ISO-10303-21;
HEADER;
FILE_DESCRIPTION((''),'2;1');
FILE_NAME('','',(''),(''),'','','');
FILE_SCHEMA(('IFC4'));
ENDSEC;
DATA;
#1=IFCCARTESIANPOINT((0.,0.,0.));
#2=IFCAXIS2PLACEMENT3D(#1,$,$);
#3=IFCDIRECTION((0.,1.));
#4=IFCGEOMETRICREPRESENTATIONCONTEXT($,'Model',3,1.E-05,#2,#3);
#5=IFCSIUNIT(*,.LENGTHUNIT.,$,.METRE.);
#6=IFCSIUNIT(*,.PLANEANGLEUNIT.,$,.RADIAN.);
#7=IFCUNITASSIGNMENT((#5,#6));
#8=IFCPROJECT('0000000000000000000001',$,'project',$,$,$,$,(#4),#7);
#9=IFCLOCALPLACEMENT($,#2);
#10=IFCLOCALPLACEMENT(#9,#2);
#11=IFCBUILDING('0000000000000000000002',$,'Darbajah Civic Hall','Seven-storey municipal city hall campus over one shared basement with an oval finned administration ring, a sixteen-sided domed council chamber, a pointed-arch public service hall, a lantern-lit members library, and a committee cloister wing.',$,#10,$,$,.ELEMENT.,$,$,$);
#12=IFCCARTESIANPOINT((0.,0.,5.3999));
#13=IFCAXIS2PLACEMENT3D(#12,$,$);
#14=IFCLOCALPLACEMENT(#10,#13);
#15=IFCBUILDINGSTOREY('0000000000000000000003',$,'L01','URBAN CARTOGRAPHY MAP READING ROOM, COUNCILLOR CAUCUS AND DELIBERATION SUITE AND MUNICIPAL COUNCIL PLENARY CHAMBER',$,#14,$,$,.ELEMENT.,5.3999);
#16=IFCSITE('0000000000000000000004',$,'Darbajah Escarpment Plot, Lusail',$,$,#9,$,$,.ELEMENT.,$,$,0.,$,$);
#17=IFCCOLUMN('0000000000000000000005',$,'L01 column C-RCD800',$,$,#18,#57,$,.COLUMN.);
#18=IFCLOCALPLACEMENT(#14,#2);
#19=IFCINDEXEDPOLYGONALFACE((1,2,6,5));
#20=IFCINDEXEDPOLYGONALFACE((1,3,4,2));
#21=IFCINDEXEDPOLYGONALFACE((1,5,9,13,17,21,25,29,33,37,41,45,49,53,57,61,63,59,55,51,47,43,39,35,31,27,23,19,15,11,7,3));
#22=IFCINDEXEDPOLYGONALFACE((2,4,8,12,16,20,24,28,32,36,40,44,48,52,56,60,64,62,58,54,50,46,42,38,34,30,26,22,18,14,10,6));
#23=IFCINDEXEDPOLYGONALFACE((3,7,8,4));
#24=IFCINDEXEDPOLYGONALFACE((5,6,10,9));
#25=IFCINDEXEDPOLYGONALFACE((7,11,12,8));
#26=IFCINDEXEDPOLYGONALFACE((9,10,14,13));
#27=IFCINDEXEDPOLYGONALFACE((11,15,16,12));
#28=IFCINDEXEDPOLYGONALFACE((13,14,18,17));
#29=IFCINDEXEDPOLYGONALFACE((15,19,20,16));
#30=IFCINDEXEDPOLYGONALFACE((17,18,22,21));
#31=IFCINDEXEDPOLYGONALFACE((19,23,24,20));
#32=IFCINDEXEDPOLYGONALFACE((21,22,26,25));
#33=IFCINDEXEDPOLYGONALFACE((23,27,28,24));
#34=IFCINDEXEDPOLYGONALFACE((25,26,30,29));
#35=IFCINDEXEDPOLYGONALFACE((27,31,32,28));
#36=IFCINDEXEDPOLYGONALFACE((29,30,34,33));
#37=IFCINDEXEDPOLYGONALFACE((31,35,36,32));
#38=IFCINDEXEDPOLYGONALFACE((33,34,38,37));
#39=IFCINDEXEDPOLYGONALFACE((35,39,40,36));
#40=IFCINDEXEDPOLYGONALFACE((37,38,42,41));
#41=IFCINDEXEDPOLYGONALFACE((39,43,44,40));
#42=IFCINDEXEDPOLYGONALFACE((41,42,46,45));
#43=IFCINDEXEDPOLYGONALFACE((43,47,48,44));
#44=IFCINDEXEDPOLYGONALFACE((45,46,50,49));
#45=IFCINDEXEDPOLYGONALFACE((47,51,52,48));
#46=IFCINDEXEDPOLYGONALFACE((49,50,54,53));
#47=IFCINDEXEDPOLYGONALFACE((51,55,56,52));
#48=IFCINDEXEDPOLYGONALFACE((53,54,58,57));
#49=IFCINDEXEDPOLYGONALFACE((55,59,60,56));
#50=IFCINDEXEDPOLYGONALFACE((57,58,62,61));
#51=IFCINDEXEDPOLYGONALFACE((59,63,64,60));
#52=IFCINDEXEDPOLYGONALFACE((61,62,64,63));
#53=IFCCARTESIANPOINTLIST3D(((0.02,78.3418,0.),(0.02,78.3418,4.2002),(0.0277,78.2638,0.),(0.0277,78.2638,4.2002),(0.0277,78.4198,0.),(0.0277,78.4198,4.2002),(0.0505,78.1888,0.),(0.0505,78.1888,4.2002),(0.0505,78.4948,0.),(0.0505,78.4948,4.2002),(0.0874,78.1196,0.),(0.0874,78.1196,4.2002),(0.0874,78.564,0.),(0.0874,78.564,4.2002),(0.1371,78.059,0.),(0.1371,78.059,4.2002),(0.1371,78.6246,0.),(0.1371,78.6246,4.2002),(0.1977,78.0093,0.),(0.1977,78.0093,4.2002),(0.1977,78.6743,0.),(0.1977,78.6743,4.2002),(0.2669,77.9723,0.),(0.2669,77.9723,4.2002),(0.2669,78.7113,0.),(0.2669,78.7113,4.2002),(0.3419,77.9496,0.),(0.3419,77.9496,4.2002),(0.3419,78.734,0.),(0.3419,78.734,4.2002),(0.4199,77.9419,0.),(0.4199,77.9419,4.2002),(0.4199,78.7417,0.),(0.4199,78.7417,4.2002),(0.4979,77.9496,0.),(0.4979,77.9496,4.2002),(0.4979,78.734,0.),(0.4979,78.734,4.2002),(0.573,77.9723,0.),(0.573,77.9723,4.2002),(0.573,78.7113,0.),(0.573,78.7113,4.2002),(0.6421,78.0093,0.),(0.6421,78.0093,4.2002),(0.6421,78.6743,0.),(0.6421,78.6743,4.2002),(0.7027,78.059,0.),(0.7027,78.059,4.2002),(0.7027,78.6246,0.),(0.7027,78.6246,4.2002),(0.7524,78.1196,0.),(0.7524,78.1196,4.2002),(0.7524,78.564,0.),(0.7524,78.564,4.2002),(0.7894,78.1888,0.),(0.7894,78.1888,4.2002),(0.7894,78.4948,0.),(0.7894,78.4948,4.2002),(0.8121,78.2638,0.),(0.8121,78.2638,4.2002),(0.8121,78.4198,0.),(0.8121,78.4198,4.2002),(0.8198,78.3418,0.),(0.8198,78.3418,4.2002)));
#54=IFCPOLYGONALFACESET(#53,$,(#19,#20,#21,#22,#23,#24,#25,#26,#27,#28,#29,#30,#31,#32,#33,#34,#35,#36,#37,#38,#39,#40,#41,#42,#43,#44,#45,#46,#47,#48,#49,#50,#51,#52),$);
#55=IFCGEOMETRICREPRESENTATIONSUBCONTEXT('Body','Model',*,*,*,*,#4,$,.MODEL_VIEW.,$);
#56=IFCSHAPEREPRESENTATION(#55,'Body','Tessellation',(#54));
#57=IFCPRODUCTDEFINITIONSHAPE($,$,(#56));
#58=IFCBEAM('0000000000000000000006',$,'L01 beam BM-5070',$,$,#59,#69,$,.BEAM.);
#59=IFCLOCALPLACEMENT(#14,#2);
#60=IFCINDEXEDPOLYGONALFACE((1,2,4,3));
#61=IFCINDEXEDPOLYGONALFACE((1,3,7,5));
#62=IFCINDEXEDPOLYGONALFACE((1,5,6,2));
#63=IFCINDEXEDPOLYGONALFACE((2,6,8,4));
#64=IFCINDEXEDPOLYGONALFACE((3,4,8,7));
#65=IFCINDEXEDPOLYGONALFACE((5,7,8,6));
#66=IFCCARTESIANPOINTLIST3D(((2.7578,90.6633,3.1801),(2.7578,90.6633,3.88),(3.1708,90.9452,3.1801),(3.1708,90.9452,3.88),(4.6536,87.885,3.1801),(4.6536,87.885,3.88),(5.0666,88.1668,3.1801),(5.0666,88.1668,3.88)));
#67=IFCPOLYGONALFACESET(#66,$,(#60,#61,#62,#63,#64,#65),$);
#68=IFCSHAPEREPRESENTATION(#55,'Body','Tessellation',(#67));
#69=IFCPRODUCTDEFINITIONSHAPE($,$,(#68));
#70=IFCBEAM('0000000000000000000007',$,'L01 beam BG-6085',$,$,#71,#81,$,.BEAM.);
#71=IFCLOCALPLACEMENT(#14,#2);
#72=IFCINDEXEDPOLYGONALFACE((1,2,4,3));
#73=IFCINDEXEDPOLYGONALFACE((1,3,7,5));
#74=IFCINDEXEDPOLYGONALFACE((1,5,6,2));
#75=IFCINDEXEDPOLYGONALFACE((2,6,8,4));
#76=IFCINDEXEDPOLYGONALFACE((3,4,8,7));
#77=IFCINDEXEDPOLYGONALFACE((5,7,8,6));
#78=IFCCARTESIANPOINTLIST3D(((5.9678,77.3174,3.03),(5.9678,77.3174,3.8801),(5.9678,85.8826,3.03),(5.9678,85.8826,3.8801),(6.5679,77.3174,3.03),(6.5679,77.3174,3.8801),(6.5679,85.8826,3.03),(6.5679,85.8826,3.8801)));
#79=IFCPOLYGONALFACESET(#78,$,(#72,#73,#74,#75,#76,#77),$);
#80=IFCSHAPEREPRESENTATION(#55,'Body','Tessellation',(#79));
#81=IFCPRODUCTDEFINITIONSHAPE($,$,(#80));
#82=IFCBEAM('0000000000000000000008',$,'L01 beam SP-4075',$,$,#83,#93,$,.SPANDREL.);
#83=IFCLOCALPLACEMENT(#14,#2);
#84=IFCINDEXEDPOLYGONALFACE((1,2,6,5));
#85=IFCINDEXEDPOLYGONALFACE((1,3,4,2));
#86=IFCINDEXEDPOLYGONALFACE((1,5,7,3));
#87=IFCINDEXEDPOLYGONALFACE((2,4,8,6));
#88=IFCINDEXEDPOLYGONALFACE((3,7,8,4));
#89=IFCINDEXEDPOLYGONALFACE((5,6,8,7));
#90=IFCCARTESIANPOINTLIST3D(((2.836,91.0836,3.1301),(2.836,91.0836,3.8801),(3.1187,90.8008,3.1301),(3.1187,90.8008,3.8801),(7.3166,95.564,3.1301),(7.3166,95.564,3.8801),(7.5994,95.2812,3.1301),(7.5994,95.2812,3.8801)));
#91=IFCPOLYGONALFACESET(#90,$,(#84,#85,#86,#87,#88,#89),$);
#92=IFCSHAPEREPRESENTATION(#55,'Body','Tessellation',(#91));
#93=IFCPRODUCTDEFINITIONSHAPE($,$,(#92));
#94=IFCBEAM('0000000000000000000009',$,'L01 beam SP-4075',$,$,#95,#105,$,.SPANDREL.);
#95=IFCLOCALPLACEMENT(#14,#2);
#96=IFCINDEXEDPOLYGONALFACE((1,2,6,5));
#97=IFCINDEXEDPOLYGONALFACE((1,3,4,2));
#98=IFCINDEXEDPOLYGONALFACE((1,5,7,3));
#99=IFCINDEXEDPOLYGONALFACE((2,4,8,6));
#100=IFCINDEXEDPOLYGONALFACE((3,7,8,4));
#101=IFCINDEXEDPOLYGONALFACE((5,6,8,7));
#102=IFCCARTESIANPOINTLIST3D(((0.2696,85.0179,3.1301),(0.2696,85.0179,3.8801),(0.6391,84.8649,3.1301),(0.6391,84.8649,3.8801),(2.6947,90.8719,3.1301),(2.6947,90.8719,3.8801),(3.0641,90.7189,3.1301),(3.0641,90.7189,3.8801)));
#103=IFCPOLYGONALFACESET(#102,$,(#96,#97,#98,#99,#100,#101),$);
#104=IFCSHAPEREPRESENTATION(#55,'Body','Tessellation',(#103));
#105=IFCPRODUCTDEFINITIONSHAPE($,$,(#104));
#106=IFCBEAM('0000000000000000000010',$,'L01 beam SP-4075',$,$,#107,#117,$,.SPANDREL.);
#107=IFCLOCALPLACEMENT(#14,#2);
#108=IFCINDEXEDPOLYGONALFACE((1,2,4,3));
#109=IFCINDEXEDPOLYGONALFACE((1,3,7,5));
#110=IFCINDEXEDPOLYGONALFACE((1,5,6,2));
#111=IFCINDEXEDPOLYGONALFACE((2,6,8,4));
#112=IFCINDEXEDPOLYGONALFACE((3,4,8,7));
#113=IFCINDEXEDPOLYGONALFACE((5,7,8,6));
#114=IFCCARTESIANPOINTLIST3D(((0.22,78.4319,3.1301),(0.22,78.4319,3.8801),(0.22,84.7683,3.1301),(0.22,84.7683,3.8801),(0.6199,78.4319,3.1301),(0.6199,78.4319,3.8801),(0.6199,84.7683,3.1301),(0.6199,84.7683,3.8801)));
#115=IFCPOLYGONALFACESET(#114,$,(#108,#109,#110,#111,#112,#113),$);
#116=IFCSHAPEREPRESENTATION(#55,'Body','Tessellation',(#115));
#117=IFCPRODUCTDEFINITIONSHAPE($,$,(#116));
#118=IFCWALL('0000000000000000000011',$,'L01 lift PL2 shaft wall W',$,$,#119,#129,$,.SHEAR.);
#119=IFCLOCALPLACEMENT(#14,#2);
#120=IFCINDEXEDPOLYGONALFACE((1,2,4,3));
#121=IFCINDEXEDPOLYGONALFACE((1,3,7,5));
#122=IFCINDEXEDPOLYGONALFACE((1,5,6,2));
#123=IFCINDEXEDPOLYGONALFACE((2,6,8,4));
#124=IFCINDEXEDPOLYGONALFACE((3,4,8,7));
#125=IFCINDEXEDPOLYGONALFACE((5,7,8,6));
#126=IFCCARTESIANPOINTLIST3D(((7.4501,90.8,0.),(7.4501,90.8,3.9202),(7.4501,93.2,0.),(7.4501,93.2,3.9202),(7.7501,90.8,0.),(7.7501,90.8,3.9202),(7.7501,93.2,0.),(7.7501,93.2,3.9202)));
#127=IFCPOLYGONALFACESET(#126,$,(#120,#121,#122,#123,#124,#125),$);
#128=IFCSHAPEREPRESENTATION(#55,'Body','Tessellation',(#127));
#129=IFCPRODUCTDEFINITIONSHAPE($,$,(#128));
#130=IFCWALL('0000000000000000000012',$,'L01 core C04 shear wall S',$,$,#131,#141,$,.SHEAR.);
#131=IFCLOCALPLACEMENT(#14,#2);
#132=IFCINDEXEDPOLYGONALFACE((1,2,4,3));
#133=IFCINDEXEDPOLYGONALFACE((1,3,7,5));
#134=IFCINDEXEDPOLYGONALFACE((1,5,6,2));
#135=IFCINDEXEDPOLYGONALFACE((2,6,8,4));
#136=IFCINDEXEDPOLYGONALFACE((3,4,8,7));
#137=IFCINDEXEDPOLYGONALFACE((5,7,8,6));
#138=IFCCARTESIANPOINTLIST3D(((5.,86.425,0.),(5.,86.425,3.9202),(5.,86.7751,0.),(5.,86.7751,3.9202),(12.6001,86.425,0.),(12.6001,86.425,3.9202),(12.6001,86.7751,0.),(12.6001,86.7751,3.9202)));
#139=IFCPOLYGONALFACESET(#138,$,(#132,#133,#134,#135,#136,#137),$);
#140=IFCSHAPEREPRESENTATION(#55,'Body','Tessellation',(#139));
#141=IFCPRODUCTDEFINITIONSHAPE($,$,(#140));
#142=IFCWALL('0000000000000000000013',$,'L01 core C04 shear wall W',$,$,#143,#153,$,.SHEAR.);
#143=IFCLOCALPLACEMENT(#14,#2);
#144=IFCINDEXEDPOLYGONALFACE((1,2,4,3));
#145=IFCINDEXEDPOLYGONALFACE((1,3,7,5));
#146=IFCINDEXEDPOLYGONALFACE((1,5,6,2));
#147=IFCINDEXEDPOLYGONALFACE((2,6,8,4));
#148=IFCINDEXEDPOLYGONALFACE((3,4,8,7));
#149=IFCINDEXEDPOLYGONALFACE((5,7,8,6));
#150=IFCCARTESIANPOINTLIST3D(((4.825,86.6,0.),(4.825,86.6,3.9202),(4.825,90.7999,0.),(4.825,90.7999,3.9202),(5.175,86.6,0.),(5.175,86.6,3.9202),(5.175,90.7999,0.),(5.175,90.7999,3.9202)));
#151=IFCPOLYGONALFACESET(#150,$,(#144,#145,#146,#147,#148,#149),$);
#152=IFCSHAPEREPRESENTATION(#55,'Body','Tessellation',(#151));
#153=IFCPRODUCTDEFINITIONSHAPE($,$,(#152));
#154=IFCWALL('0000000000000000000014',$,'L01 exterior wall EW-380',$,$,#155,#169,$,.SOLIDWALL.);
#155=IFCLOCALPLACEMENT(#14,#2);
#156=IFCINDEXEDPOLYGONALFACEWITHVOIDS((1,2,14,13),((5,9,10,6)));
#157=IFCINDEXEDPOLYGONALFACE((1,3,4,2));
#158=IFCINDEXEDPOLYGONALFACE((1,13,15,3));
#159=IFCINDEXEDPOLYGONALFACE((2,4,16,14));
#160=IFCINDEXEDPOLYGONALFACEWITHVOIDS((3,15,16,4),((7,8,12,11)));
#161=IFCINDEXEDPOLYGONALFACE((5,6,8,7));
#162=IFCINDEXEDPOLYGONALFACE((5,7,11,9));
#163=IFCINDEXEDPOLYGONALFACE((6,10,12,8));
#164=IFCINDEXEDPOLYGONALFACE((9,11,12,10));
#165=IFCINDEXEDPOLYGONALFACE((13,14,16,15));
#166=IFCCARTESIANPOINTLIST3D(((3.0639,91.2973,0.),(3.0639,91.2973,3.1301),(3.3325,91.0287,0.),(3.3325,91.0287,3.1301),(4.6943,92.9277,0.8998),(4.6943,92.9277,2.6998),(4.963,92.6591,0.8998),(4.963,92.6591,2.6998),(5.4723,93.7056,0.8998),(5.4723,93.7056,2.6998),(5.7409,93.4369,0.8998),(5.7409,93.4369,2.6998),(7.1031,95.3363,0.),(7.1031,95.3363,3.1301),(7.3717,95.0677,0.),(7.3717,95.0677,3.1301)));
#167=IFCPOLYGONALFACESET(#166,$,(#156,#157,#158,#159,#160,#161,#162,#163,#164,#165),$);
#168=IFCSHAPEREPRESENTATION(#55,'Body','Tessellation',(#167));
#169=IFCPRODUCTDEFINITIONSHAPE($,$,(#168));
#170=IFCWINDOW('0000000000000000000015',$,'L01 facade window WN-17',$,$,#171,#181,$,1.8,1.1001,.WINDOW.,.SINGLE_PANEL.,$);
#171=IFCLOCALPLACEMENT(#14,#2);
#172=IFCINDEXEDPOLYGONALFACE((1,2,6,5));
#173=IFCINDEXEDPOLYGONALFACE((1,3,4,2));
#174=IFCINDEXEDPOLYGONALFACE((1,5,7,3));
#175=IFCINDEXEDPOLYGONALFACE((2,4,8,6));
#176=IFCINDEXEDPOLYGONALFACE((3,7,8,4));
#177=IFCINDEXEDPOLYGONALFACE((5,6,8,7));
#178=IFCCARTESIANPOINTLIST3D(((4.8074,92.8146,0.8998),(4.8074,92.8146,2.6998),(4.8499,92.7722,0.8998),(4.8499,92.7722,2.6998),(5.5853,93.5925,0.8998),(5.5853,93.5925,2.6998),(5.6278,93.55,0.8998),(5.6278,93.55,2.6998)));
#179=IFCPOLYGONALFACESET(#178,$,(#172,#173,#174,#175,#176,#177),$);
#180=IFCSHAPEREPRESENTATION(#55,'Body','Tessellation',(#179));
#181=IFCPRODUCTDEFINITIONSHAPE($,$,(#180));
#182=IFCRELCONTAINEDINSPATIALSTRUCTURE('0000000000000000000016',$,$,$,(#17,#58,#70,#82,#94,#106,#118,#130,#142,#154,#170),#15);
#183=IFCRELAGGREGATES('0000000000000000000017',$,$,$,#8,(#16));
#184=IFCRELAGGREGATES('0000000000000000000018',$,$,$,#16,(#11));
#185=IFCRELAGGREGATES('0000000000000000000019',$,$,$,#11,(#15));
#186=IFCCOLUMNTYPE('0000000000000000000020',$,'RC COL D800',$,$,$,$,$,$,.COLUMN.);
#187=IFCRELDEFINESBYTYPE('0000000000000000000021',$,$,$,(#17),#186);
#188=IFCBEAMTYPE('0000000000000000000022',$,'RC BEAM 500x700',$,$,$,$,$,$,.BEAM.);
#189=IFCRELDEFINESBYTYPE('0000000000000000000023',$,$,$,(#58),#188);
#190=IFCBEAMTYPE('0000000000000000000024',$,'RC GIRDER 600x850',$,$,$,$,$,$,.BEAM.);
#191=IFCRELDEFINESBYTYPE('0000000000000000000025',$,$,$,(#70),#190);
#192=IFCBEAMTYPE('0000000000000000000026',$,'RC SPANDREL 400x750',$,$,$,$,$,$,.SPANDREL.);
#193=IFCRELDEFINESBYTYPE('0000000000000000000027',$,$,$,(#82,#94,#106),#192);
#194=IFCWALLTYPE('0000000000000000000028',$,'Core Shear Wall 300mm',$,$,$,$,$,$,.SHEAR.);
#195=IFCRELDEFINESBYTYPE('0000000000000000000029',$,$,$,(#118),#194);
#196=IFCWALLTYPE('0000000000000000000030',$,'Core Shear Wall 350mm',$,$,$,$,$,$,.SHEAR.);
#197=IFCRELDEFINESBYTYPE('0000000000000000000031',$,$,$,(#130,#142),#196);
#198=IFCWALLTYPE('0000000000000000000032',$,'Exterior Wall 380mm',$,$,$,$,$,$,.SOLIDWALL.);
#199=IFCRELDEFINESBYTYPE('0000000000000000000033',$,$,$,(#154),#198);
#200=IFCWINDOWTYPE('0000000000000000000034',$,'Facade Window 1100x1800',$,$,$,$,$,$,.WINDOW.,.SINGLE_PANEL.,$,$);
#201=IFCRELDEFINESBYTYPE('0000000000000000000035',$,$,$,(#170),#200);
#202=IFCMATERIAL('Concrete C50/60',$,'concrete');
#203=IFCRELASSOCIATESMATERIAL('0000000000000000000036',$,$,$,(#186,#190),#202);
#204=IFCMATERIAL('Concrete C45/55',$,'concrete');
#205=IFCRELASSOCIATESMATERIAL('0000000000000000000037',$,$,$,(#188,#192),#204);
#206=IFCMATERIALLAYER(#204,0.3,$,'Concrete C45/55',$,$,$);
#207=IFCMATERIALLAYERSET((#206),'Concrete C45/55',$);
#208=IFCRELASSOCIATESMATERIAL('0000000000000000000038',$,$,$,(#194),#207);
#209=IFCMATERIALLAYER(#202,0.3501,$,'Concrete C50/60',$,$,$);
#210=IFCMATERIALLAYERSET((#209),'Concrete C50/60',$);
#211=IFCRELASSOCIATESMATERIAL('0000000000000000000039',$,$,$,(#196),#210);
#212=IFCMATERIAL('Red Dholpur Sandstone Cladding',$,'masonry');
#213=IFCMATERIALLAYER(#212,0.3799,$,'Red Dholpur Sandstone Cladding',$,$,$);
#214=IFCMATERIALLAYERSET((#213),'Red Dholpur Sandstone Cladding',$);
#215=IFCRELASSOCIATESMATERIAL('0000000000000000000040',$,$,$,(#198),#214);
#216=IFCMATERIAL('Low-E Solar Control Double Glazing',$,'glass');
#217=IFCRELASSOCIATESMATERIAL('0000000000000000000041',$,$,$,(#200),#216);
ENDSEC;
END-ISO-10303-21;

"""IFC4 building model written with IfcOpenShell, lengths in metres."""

from ifc_helpers import new_model, si_unit, direction, frame, frame_2d, origin, origin_2d, place, context, subcontext, project, spatial, rectangle, circle, extrude, material, layer, layer_set, material_profile, profile_set, type_object, element, fill, save


model = new_model("IFC4")

# Units and contexts
model_context = context("Model", 3, precision=1e-05, world=origin(), true_north=direction((0.0, 1.0)))
body_context = subcontext(model_context, "Body", "Model", "MODEL_VIEW")
ifc_project = project(units=[si_unit("LENGTHUNIT", "METRE"), si_unit("PLANEANGLEUNIT", "RADIAN")], contexts=[model_context])

# Site, building, storey
site_placement = place(None, origin())
site = spatial("IfcSite", under=ifc_project, at=site_placement, Name="Darbajah Escarpment Plot, Lusail", CompositionType="ELEMENT", RefElevation=0.0)
building_placement = place(site_placement, origin())
building = spatial("IfcBuilding", under=site, at=building_placement, Name="Darbajah Civic Hall", Description="Seven-storey municipal city hall campus over one shared basement with an oval finned administration ring, a sixteen-sided domed council chamber, a pointed-arch public service hall, a lantern-lit members library, and a committee cloister wing.", CompositionType="ELEMENT")
storey_placement = place(building_placement, frame((0.0, 0.0, 5.3999)))
storey = spatial("IfcBuildingStorey", under=building, at=storey_placement, Name="L01", Description="URBAN CARTOGRAPHY MAP READING ROOM, COUNCILLOR CAUCUS AND DELIBERATION SUITE AND MUNICIPAL COUNCIL PLENARY CHAMBER", CompositionType="ELEMENT", Elevation=5.3999)

# Column
ifc_material_1 = material(Name="Concrete C45/55", Category="concrete")
ifc_material_2 = material(Name="Concrete C50/60", Category="concrete")
ifc_material_profile_1 = material_profile(ifc_material_2, circle(Radius=0.3999, at=origin_2d()), Name="RC COL D800")
ifc_profile_set_1 = profile_set([ifc_material_profile_1], Name="Concrete C50/60")
column_type_1 = type_object("IfcColumnType", Name="RC COL D800", PredefinedType="COLUMN", material=ifc_profile_set_1)
for number, where, z_axis, x_axis, name in (
    (1, (0.4199, 78.3418, 0.0), (0.0, 0.0, 1.0), (1.0, 0.0, 0.0), "L01 column C-RCD800"),
):
    element("IfcColumn", number, at=place(storey_placement, frame(where, z_axis=z_axis, x_axis=x_axis)), inside=storey, type_object=column_type_1, Name=name, PredefinedType="COLUMN", context=body_context, shape_type="SweptSolid", body=[
        extrude(circle(Radius=0.3999, at=origin_2d()), origin(), (0.0, 0.0, 1.0), 4.2002),
    ])

# Beams
ifc_material_profile_2 = material_profile(ifc_material_1, rectangle(XDim=0.5, YDim=0.7, at=origin_2d()), Name="RC BEAM 500x700")
ifc_profile_set_2 = profile_set([ifc_material_profile_2], Name="Concrete C45/55")
beam_type_1 = type_object("IfcBeamType", Name="RC BEAM 500x700", PredefinedType="BEAM", material=ifc_profile_set_2)
beam_1_placement = place(storey_placement, frame((4.8601, 88.0259, 3.53), z_axis=(-0.56363, 0.826028, 0.0), x_axis=(-0.826028, -0.56363, 0.0)))
element("IfcBeam", 2, at=beam_1_placement, inside=storey, type_object=beam_type_1, Name="L01 beam BM-5070", PredefinedType="BEAM", context=body_context, shape_type="SweptSolid", body=[
    extrude(rectangle(XDim=0.5, YDim=0.7, at=origin_2d()), origin(), (0.0, 0.0, 1.0), 3.3635),
])
ifc_material_profile_3 = material_profile(ifc_material_2, rectangle(XDim=0.6001, YDim=0.8501, at=origin_2d()), Name="RC GIRDER 600x850")
ifc_profile_set_3 = profile_set([ifc_material_profile_3], Name="Concrete C50/60")
beam_type_2 = type_object("IfcBeamType", Name="RC GIRDER 600x850", PredefinedType="BEAM", material=ifc_profile_set_3)
beam_2_placement = place(storey_placement, frame((6.2678, 85.8826, 3.4551), z_axis=(0.0, -1.0, 0.0), x_axis=(1.0, 0.0, 0.0)))
element("IfcBeam", 3, at=beam_2_placement, inside=storey, type_object=beam_type_2, Name="L01 beam BG-6085", PredefinedType="BEAM", context=body_context, shape_type="SweptSolid", body=[
    extrude(rectangle(XDim=0.6001, YDim=0.8501, at=origin_2d()), origin(), (0.0, 0.0, 1.0), 8.5652),
])
ifc_material_profile_4 = material_profile(ifc_material_1, rectangle(XDim=0.3999, YDim=0.75, at=origin_2d()), Name="RC SPANDREL 400x750")
ifc_profile_set_4 = profile_set([ifc_material_profile_4], Name="Concrete C45/55")
beam_type_3 = type_object("IfcBeamType", Name="RC SPANDREL 400x750", PredefinedType="SPANDREL", material=ifc_profile_set_4)
for number, where, z_axis, x_axis, name in (
    (4, (7.458, 95.4226, 3.5051), (-0.707126, -0.707088, 0.0), (0.707088, -0.707126, 0.0), "L01 beam SP-4075"),
    (5, (2.8794, 90.7954, 3.5051), (-0.382716, -0.923866, 0.0), (0.923866, -0.382716, 0.0), "L01 beam SP-4075"),
    (6, (0.4199, 84.7683, 3.5051), (0.0, -1.0, 0.0), (1.0, 0.0, 0.0), "L01 beam SP-4075"),
):
    element("IfcBeam", number, at=place(storey_placement, frame(where, z_axis=z_axis, x_axis=x_axis)), inside=storey, type_object=beam_type_3, Name=name, PredefinedType="SPANDREL", context=body_context, shape_type="SweptSolid", body=[
        extrude(rectangle(XDim=0.3999, YDim=0.75, at=origin_2d()), origin(), (0.0, 0.0, 1.0), 6.3364),
    ])

# Walls
ifc_layer_1 = layer(ifc_material_1, 0.3, Name="Concrete C45/55")
ifc_layer_set_1 = layer_set([ifc_layer_1], Name="Concrete C45/55")
wall_type_1 = type_object("IfcWallType", Name="Core Shear Wall 300mm", PredefinedType="SHEAR", material=ifc_layer_set_1)
wall_1_placement = place(storey_placement, frame((7.6001, 93.2, 0.0), z_axis=(0.0, 0.0, 1.0), x_axis=(0.0, -1.0, 0.0)))
element("IfcWall", 7, at=wall_1_placement, inside=storey, type_object=wall_type_1, Name="L01 lift PL2 shaft wall W", PredefinedType="SHEAR", context=body_context, shape_type="SweptSolid", body=[
    extrude(rectangle(XDim=2.3999, YDim=0.3, at=frame_2d((1.2, 0.0))), origin(), (0.0, 0.0, 1.0), 3.9202),
])
ifc_layer_2 = layer(ifc_material_2, 0.3501, Name="Concrete C50/60")
ifc_layer_set_2 = layer_set([ifc_layer_2], Name="Concrete C50/60")
wall_type_2 = type_object("IfcWallType", Name="Core Shear Wall 350mm", PredefinedType="SHEAR", material=ifc_layer_set_2)
wall_2_placement = place(storey_placement, frame((5.0, 86.6001, 0.0), z_axis=(0.0, 0.0, 1.0), x_axis=(1.0, 0.0, 0.0)))
element("IfcWall", 8, at=wall_2_placement, inside=storey, type_object=wall_type_2, Name="L01 core C04 shear wall S", PredefinedType="SHEAR", context=body_context, shape_type="SweptSolid", body=[
    extrude(rectangle(XDim=7.6001, YDim=0.3501, at=frame_2d((3.8, 0.0))), origin(), (0.0, 0.0, 1.0), 3.9202),
])
wall_3_placement = place(storey_placement, frame((5.0, 90.8, 0.0), z_axis=(0.0, 0.0, 1.0), x_axis=(0.0, -1.0, 0.0)))
element("IfcWall", 9, at=wall_3_placement, inside=storey, type_object=wall_type_2, Name="L01 core C04 shear wall W", PredefinedType="SHEAR", context=body_context, shape_type="SweptSolid", body=[
    extrude(rectangle(XDim=4.2, YDim=0.3501, at=frame_2d((2.1001, 0.0))), origin(), (0.0, 0.0, 1.0), 3.9202),
])

# Wall, opening, window
ifc_material_3 = material(Name="Red Dholpur Sandstone Cladding", Category="masonry")
ifc_layer_3 = layer(ifc_material_3, 0.3799, Name="Red Dholpur Sandstone Cladding")
ifc_layer_set_3 = layer_set([ifc_layer_3], Name="Red Dholpur Sandstone Cladding")
wall_type_3 = type_object("IfcWallType", Name="Exterior Wall 380mm", PredefinedType="SOLIDWALL", material=ifc_layer_set_3)
wall_4_placement = place(storey_placement, frame((7.2373, 95.2019, 0.0), z_axis=(0.0, 0.0, 1.0), x_axis=(-0.707128, -0.707085, 0.0)))
wall_4 = element("IfcWall", 10, at=wall_4_placement, inside=storey, type_object=wall_type_3, Name="L01 exterior wall EW-380", PredefinedType="SOLIDWALL", context=body_context, shape_type="SweptSolid", body=[
    extrude(rectangle(XDim=5.7122, YDim=0.3799, at=frame_2d((2.856, 0.0))), origin(), (0.0, 0.0, 1.0), 3.1301),
])
opening_1_placement = place(wall_4_placement, frame((2.3062, 0.0, 0.8999)))
opening_1 = element("IfcOpeningElement", 11, at=opening_1_placement, cuts=wall_4, PredefinedType="OPENING", context=body_context, shape_type="SweptSolid", body=[
    extrude(rectangle(XDim=1.1001, YDim=1.8, at=frame_2d((0.55, 0.8999))), frame((0.0, 0.2, 0.0), z_axis=(0.0, -1.0, 0.0), x_axis=(1.0, 0.0, 0.0)), (0.0, 0.0, 1.0), 0.3999),
])
ifc_material_4 = material(Name="Low-E Solar Control Double Glazing", Category="glass")
window_type = type_object("IfcWindowType", Name="Facade Window 1100x1800", PartitioningType="SINGLE_PANEL", PredefinedType="WINDOW", material=ifc_material_4)
window_1_placement = place(opening_1_placement, origin())
window_1 = element("IfcWindow", 12, at=window_1_placement, inside=storey, type_object=window_type, Name="L01 facade window WN-17", OverallHeight=1.8, OverallWidth=1.1001, PartitioningType="SINGLE_PANEL", PredefinedType="WINDOW", context=body_context, shape_type="SweptSolid", body=[
    extrude(rectangle(XDim=1.1001, YDim=1.8, at=frame_2d((0.55, 0.8999))), frame((0.0, 0.03, 0.0), z_axis=(0.0, -1.0, 0.0), x_axis=(1.0, 0.0, 0.0)), (0.0, 0.0, 1.0), 0.0601),
])
fill(opening_1, window_1)

save(model, "model.ifc")
